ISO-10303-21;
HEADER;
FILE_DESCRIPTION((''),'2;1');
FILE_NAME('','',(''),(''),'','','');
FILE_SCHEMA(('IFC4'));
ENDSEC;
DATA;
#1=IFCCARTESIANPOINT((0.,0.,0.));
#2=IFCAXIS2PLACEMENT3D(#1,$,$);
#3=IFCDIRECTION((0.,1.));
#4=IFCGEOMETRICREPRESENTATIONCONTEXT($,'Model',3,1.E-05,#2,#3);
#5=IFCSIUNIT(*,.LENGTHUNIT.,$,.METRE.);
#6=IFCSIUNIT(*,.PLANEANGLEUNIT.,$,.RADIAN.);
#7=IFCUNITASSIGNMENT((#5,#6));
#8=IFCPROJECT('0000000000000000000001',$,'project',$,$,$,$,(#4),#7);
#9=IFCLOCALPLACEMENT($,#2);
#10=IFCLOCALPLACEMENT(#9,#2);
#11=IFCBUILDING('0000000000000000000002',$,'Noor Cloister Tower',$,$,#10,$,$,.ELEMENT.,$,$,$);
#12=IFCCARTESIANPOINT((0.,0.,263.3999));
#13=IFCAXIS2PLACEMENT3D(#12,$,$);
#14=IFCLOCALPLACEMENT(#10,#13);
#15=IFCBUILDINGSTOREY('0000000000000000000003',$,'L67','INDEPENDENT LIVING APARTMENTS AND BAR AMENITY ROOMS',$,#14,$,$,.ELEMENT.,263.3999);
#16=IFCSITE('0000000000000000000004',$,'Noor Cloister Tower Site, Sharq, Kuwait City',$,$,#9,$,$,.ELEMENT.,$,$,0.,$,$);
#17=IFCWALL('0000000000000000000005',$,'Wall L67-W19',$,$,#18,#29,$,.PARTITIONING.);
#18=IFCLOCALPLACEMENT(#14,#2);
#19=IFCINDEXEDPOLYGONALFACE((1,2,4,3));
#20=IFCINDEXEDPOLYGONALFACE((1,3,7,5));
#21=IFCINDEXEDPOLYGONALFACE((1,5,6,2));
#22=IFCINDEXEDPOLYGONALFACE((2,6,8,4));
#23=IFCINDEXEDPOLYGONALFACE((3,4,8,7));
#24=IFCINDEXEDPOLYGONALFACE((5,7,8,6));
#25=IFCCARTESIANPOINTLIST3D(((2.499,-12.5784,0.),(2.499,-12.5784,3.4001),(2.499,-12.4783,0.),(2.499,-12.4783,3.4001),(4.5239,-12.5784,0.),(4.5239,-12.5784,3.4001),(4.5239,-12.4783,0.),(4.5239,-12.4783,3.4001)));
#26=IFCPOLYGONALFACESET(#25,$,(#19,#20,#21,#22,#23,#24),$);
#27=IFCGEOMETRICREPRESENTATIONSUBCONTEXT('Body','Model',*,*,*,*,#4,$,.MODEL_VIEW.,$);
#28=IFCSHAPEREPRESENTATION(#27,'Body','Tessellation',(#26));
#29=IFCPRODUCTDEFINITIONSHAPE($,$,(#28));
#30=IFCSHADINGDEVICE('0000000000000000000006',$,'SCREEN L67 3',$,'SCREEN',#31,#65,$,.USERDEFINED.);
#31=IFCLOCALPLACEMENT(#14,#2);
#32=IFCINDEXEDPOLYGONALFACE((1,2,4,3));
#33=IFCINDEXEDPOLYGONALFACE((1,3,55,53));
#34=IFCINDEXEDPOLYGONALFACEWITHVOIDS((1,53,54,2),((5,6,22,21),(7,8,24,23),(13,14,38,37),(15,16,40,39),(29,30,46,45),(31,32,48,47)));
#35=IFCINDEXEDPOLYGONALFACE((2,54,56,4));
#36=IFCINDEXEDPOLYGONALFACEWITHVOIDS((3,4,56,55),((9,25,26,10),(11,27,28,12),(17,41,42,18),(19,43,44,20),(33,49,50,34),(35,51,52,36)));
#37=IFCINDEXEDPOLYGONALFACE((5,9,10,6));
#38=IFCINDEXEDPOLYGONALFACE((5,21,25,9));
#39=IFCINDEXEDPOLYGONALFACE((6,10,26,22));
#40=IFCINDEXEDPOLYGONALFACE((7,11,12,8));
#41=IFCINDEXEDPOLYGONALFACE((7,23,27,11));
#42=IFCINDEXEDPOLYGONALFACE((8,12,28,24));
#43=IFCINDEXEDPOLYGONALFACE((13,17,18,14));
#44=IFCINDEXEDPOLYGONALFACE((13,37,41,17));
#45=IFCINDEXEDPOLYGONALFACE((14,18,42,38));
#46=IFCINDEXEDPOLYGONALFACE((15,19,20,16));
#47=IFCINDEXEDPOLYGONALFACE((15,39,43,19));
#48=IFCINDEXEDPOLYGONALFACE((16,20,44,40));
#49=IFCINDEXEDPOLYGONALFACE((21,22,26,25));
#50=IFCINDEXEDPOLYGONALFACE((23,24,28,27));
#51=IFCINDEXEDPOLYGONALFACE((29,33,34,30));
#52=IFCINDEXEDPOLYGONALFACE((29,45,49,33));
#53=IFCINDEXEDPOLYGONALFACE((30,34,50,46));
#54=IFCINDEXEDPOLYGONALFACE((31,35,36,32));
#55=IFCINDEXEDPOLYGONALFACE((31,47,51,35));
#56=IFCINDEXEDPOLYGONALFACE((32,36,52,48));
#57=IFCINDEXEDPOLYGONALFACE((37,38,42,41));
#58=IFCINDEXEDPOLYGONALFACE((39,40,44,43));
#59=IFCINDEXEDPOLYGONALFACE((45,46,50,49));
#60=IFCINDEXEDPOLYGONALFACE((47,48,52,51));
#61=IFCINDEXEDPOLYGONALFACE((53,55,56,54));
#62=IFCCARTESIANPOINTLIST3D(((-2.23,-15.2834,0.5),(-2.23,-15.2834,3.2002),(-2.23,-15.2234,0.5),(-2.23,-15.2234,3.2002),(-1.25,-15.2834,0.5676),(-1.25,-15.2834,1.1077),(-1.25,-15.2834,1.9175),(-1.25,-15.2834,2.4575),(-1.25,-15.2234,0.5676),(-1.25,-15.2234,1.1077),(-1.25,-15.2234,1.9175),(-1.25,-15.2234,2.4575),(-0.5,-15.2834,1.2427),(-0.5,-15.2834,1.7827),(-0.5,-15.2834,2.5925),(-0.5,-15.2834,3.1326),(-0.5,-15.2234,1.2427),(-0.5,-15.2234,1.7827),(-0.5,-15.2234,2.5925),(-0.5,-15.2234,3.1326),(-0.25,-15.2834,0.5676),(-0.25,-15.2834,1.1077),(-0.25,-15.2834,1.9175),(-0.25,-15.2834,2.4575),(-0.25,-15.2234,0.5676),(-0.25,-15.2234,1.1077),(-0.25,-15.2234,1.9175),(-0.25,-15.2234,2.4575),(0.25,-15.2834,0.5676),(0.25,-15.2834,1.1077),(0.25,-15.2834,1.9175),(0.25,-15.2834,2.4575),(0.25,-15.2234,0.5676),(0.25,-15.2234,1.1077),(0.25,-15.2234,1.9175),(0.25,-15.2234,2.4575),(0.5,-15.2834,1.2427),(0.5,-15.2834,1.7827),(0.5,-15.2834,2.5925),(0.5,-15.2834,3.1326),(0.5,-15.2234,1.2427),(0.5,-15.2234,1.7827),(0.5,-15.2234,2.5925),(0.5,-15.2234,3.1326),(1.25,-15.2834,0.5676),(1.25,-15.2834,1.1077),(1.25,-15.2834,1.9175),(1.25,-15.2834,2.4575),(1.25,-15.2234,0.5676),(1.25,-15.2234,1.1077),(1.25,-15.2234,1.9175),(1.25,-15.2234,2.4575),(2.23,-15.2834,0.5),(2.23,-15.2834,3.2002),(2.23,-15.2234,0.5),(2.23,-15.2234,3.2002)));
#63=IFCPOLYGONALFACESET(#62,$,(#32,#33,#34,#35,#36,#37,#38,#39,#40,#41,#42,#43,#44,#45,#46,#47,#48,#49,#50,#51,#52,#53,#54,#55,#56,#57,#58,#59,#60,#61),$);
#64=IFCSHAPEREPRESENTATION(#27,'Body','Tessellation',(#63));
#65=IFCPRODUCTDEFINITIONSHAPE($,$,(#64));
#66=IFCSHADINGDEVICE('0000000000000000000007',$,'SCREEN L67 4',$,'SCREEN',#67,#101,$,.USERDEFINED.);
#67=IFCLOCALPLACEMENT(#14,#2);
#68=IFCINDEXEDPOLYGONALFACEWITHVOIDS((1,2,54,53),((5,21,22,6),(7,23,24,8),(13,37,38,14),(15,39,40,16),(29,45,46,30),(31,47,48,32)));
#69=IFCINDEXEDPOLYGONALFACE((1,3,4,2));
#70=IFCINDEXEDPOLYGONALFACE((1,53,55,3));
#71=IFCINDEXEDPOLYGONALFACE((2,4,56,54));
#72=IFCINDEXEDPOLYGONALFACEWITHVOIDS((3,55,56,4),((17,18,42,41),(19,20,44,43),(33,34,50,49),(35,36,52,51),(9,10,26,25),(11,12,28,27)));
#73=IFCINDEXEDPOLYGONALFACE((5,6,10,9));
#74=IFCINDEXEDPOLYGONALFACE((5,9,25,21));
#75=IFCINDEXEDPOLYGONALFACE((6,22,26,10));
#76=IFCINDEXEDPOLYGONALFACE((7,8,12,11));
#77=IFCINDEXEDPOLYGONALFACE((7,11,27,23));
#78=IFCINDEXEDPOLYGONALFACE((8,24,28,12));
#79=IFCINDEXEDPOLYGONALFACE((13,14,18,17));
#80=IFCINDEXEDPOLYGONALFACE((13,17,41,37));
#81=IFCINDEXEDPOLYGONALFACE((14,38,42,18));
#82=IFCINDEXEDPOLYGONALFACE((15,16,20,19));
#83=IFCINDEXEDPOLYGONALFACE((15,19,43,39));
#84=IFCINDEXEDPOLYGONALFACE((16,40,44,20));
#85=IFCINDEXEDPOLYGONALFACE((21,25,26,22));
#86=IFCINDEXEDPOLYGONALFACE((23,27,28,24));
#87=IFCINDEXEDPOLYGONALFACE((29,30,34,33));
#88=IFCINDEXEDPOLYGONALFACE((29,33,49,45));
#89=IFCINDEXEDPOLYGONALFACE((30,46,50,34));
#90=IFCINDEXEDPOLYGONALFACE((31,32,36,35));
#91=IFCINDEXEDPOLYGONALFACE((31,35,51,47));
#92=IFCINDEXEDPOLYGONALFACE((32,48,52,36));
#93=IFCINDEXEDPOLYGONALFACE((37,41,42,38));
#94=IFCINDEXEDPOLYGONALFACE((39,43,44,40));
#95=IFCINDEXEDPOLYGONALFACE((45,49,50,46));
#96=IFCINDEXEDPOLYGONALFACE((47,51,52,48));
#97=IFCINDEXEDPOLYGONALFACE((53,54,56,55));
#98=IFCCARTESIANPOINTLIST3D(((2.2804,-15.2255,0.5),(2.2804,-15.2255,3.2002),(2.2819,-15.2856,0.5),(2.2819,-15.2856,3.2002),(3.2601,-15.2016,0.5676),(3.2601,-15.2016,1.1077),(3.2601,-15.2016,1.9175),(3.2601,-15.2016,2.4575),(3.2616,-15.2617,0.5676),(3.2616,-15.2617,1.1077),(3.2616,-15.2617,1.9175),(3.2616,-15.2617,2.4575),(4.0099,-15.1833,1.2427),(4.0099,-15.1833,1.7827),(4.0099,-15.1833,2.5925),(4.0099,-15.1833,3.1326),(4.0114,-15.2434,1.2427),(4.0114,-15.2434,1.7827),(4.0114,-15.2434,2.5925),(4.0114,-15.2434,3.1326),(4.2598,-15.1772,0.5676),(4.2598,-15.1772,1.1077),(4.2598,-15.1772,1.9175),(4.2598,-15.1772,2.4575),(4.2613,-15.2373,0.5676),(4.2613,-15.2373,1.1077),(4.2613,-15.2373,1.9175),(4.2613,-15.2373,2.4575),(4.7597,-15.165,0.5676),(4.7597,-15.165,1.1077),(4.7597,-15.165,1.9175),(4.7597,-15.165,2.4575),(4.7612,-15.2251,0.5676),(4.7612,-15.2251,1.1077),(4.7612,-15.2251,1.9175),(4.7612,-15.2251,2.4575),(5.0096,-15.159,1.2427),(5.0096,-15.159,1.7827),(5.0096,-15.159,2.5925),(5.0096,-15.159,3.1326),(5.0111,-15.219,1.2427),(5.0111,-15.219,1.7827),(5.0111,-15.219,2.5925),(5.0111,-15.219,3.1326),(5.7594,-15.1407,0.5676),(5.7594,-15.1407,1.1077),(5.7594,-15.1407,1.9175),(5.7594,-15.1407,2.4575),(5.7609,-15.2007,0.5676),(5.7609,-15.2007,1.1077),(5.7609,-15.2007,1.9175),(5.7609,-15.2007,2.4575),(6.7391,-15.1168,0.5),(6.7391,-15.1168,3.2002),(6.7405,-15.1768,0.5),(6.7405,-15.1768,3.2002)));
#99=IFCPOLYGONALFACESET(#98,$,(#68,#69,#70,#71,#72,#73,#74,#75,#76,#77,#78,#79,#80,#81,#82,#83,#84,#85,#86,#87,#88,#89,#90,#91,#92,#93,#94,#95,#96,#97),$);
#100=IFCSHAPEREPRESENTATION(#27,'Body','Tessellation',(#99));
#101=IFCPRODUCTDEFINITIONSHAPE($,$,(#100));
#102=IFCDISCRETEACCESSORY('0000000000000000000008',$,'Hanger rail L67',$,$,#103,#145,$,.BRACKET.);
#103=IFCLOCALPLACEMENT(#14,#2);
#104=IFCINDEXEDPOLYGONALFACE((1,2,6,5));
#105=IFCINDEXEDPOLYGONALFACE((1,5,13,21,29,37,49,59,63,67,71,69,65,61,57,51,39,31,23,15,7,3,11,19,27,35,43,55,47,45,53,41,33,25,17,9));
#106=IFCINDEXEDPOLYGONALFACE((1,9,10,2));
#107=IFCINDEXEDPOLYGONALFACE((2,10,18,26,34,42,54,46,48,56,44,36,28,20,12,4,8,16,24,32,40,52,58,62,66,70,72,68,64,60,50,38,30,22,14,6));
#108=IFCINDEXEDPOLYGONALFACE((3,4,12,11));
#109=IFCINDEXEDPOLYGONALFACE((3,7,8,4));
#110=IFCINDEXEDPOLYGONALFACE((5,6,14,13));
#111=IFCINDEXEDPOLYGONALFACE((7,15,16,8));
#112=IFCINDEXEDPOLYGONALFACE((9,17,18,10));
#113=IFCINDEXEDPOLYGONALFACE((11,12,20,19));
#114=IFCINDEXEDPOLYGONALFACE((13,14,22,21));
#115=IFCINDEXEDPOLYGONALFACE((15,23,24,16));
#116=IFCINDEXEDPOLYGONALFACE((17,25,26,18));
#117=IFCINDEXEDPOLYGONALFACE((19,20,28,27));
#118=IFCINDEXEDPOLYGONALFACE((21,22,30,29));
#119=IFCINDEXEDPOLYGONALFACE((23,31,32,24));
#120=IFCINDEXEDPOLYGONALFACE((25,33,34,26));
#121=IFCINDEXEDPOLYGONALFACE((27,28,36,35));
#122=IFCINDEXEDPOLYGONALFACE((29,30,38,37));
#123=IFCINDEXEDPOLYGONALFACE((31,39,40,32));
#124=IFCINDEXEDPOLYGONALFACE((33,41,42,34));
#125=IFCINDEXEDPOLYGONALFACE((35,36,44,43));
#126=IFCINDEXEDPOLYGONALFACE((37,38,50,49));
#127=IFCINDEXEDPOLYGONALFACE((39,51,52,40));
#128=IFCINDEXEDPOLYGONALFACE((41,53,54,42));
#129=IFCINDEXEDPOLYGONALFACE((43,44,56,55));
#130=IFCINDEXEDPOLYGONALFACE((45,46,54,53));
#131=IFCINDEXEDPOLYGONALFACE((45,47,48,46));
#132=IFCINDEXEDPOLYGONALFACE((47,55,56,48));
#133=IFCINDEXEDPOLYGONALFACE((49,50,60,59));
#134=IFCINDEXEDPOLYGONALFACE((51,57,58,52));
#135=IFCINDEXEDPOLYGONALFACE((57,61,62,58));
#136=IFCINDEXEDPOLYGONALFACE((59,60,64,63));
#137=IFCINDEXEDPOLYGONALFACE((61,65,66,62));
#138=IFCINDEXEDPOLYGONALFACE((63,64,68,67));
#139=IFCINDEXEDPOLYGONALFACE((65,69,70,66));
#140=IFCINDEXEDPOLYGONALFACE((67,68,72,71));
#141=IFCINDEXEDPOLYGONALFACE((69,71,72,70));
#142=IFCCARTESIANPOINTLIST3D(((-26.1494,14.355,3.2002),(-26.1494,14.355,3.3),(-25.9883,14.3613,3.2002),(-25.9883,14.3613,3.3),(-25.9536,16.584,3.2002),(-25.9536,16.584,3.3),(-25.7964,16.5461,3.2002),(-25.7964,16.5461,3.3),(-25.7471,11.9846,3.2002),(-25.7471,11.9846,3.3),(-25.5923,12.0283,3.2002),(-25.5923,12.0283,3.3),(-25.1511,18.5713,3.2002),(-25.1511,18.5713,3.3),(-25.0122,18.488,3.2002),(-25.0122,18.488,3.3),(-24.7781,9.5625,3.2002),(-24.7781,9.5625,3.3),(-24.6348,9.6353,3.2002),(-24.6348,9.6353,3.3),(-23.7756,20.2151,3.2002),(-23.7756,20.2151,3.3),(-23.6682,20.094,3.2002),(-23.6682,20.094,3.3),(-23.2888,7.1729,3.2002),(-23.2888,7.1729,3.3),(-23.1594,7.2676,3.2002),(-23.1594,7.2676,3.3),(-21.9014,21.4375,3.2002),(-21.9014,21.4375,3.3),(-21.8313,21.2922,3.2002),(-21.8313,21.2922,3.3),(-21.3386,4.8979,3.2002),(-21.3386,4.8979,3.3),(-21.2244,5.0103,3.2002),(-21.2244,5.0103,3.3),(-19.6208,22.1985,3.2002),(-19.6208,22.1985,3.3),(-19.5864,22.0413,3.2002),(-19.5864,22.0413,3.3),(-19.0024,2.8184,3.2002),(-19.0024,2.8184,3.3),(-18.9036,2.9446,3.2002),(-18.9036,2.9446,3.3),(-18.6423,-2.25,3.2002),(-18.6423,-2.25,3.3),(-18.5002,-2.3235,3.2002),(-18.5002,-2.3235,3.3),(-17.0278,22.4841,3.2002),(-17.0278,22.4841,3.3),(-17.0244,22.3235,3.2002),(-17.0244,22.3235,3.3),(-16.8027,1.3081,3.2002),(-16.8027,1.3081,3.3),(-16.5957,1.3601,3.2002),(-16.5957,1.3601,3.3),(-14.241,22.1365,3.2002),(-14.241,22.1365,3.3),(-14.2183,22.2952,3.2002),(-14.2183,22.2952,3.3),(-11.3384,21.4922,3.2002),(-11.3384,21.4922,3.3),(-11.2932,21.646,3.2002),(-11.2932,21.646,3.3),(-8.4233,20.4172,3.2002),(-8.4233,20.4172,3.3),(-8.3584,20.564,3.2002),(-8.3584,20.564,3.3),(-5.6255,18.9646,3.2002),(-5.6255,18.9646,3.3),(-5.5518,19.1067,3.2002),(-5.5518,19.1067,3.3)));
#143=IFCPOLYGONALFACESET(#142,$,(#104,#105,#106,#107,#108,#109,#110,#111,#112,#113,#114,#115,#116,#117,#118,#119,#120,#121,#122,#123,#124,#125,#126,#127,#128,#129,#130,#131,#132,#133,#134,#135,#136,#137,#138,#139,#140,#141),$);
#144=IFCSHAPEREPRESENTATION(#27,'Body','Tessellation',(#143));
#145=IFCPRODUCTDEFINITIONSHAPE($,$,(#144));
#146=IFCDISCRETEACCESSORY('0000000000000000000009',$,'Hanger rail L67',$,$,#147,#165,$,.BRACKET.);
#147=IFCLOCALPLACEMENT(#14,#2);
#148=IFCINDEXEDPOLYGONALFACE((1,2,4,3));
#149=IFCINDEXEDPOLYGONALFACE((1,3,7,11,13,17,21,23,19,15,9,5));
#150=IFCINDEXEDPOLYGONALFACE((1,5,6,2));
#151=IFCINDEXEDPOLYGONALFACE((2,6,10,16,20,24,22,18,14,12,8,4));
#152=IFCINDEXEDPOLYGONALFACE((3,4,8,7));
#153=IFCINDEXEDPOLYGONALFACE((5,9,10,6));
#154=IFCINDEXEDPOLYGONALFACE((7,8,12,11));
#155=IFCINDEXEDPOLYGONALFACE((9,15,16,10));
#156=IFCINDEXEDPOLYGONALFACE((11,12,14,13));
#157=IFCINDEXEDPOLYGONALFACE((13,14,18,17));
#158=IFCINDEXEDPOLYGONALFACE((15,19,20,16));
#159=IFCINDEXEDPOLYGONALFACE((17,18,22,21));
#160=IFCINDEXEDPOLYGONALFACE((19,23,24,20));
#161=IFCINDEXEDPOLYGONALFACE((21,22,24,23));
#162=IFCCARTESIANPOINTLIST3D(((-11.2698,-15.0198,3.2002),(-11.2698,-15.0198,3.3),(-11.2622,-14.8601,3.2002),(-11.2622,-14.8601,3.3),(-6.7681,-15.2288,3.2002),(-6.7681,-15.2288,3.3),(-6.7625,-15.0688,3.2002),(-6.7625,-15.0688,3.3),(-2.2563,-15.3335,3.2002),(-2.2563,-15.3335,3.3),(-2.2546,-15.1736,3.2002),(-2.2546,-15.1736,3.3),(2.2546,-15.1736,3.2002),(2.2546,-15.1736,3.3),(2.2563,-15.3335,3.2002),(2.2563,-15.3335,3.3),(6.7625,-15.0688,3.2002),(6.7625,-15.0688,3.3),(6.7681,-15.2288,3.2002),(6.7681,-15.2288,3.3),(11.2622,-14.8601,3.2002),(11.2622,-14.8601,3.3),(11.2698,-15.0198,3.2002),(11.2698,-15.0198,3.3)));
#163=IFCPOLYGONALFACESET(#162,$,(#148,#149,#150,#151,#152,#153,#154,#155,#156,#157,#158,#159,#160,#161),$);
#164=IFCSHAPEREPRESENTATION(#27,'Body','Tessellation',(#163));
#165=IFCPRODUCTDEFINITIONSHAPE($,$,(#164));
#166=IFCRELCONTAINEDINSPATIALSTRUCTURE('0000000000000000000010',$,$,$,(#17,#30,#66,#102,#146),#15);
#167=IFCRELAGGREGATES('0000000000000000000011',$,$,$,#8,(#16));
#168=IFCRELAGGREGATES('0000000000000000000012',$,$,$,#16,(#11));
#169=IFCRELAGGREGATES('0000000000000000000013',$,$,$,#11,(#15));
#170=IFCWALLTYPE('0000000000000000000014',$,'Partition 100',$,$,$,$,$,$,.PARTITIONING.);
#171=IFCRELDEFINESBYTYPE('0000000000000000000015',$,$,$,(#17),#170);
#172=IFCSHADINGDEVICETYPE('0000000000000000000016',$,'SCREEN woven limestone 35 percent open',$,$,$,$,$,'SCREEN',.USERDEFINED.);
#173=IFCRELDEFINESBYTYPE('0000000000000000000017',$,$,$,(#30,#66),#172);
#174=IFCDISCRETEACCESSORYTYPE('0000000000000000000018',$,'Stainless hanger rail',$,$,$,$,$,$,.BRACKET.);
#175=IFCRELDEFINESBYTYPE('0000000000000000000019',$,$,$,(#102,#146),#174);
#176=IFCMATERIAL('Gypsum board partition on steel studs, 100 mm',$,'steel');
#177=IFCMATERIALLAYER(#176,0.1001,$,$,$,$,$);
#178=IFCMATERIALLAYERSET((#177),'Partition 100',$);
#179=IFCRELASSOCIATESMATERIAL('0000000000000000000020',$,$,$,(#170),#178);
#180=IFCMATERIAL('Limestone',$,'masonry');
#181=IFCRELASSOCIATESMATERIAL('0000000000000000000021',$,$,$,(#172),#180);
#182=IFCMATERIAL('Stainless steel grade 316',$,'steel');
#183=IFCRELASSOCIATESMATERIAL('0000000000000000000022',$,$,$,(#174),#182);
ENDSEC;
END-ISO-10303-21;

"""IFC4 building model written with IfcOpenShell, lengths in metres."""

from ifc_helpers import new_model, si_unit, direction, frame, frame_2d, origin, place, context, subcontext, project, spatial, polyline, rectangle, outline, extrude, material, layer, layer_set, material_profile, profile_set, type_object, element, save


model = new_model("IFC4")

# Units and contexts
model_context = context("Model", 3, precision=1e-05, world=origin(), true_north=direction((0.0, 1.0)))
body_context = subcontext(model_context, "Body", "Model", "MODEL_VIEW")
ifc_project = project(units=[si_unit("LENGTHUNIT", "METRE"), si_unit("PLANEANGLEUNIT", "RADIAN")], contexts=[model_context])

# Site, building, storey
site_placement = place(None, origin())
site = spatial("IfcSite", under=ifc_project, at=site_placement, Name="Noor Cloister Tower Site, Sharq, Kuwait City", CompositionType="ELEMENT", RefElevation=0.0)
building_placement = place(site_placement, origin())
building = spatial("IfcBuilding", under=site, at=building_placement, Name="Noor Cloister Tower", CompositionType="ELEMENT")
storey_placement = place(building_placement, frame((0.0, 0.0, 263.3999)))
storey = spatial("IfcBuildingStorey", under=building, at=storey_placement, Name="L67", Description="INDEPENDENT LIVING APARTMENTS AND BAR AMENITY ROOMS", CompositionType="ELEMENT", Elevation=263.3999)

# Wall
ifc_material_1 = material(Name="Gypsum board partition on steel studs, 100 mm", Category="steel")
ifc_layer_1 = layer(ifc_material_1, 0.1001)
ifc_layer_set_1 = layer_set([ifc_layer_1], Name="Partition 100")
wall_type_1 = type_object("IfcWallType", Name="Partition 100", PredefinedType="PARTITIONING", material=ifc_layer_set_1)
wall_1_placement = place(storey_placement, frame((2.499, -12.5283, 0.0), z_axis=(0.0, 0.0, 1.0), x_axis=(1.0, 0.0, 0.0)))
element("IfcWall", 1, at=wall_1_placement, inside=storey, type_object=wall_type_1, Name="Wall L67-W19", PredefinedType="PARTITIONING", context=body_context, shape_type="SweptSolid", body=[
    extrude(rectangle(XDim=2.0249, YDim=0.1001, at=frame_2d((1.0125, 0.0))), origin(), (0.0, 0.0, 1.0), 3.4001),
])

# Shading devices
ifc_material_2 = material(Name="Limestone", Category="masonry")
ifc_material_profile_1 = material_profile(ifc_material_2, outline(polyline([(-2.23, -1.3501), (2.23, -1.3501), (2.23, 1.3501), (-2.23, 1.3501), (-2.23, -1.3501)]), holes=[polyline([(-1.25, -1.2825), (-0.25, -1.2825), (-0.25, -0.7424), (-1.25, -0.7424), (-1.25, -1.2825)]), polyline([(0.25, -1.2825), (1.25, -1.2825), (1.25, -0.7424), (0.25, -0.7424), (0.25, -1.2825)]), polyline([(-0.5, -0.6074), (0.5, -0.6074), (0.5, -0.0674), (-0.5, -0.0674), (-0.5, -0.6074)]), polyline([(-1.25, 0.0674), (-0.25, 0.0674), (-0.25, 0.6074), (-1.25, 0.6074), (-1.25, 0.0674)]), polyline([(0.25, 0.0674), (1.25, 0.0674), (1.25, 0.6074), (0.25, 0.6074), (0.25, 0.0674)]), polyline([(-0.5, 0.7424), (0.5, 0.7424), (0.5, 1.2825), (-0.5, 1.2825), (-0.5, 0.7424)])]), Name="Woven screen 35 percent open")
ifc_profile_set_1 = profile_set([ifc_material_profile_1], Name="Limestone")
shading_device_type = type_object("IfcShadingDeviceType", Name="SCREEN woven limestone 35 percent open", ElementType="SCREEN", PredefinedType="USERDEFINED", material=ifc_profile_set_1)
for number, where, z_axis, x_axis, name in (
    (2, (0.0, -15.2234, 1.8501), (0.0, -1.0, 0.0), (1.0, 0.0, 0.0), "SCREEN L67 3"),
    (3, (4.5098, -15.1711, 1.8501), (0.024383, -0.999703, 0.0), (0.999703, 0.024383, 0.0), "SCREEN L67 4"),
):
    element("IfcShadingDevice", number, at=place(storey_placement, frame(where, z_axis=z_axis, x_axis=x_axis)), inside=storey, type_object=shading_device_type, Name=name, ObjectType="SCREEN", PredefinedType="USERDEFINED", context=body_context, shape_type="SweptSolid", body=[
        extrude(outline(polyline([(-2.23, -1.3501), (2.23, -1.3501), (2.23, 1.3501), (-2.23, 1.3501), (-2.23, -1.3501)]), holes=[polyline([(-1.25, -1.2825), (-0.25, -1.2825), (-0.25, -0.7424), (-1.25, -0.7424), (-1.25, -1.2825)]), polyline([(0.25, -1.2825), (1.25, -1.2825), (1.25, -0.7424), (0.25, -0.7424), (0.25, -1.2825)]), polyline([(-0.5, -0.6074), (0.5, -0.6074), (0.5, -0.0674), (-0.5, -0.0674), (-0.5, -0.6074)]), polyline([(-1.25, 0.0674), (-0.25, 0.0674), (-0.25, 0.6074), (-1.25, 0.6074), (-1.25, 0.0674)]), polyline([(0.25, 0.0674), (1.25, 0.0674), (1.25, 0.6074), (0.25, 0.6074), (0.25, 0.0674)]), polyline([(-0.5, 0.7424), (0.5, 0.7424), (0.5, 1.2825), (-0.5, 1.2825), (-0.5, 0.7424)])]), origin(), (0.0, 0.0, 1.0), 0.0601),
    ])

# Discrete accessories
ifc_material_3 = material(Name="Stainless steel grade 316", Category="steel")
discrete_accessory_type = type_object("IfcDiscreteAccessoryType", Name="Stainless hanger rail", PredefinedType="BRACKET", material=ifc_material_3)
discrete_accessory_1_placement = place(storey_placement, frame((0.0, 0.0, 3.2002)))
element("IfcDiscreteAccessory", 4, at=discrete_accessory_1_placement, inside=storey, type_object=discrete_accessory_type, Name="Hanger rail L67", PredefinedType="BRACKET", context=body_context, shape_type="SweptSolid", body=[
    extrude(outline(polyline([(-5.5518, 19.1067), (-8.3584, 20.564), (-11.2932, 21.646), (-14.2183, 22.2952), (-17.0278, 22.4841), (-19.6208, 22.1985), (-21.9014, 21.4375), (-23.7756, 20.2151), (-25.1511, 18.5713), (-25.9536, 16.584), (-26.1494, 14.355), (-25.7471, 11.9846), (-24.7781, 9.5625), (-23.2888, 7.1729), (-21.3386, 4.8979), (-19.0024, 2.8184), (-16.8027, 1.3081), (-18.6423, -2.25), (-18.5002, -2.3235), (-16.5957, 1.3601), (-18.9036, 2.9446), (-21.2244, 5.0103), (-23.1594, 7.2676), (-24.6348, 9.6353), (-25.5923, 12.0283), (-25.9883, 14.3613), (-25.7964, 16.5461), (-25.0122, 18.488), (-23.6682, 20.094), (-21.8313, 21.2922), (-19.5864, 22.0413), (-17.0244, 22.3235), (-14.241, 22.1365), (-11.3384, 21.4922), (-8.4233, 20.4172), (-5.6255, 18.9646), (-5.5518, 19.1067)])), origin(), (0.0, 0.0, 1.0), 0.0999),
])
discrete_accessory_2_placement = place(storey_placement, frame((0.0, 0.0, 3.2002)))
element("IfcDiscreteAccessory", 5, at=discrete_accessory_2_placement, inside=storey, type_object=discrete_accessory_type, Name="Hanger rail L67", PredefinedType="BRACKET", context=body_context, shape_type="SweptSolid", body=[
    extrude(outline(polyline([(-11.2698, -15.0198), (-6.7681, -15.2288), (-2.2563, -15.3335), (2.2563, -15.3335), (6.7681, -15.2288), (11.2698, -15.0198), (11.2622, -14.8601), (6.7625, -15.0688), (2.2546, -15.1736), (-2.2546, -15.1736), (-6.7625, -15.0688), (-11.2622, -14.8601), (-11.2698, -15.0198)])), origin(), (0.0, 0.0, 1.0), 0.0999),
])

save(model, "model.ifc")
